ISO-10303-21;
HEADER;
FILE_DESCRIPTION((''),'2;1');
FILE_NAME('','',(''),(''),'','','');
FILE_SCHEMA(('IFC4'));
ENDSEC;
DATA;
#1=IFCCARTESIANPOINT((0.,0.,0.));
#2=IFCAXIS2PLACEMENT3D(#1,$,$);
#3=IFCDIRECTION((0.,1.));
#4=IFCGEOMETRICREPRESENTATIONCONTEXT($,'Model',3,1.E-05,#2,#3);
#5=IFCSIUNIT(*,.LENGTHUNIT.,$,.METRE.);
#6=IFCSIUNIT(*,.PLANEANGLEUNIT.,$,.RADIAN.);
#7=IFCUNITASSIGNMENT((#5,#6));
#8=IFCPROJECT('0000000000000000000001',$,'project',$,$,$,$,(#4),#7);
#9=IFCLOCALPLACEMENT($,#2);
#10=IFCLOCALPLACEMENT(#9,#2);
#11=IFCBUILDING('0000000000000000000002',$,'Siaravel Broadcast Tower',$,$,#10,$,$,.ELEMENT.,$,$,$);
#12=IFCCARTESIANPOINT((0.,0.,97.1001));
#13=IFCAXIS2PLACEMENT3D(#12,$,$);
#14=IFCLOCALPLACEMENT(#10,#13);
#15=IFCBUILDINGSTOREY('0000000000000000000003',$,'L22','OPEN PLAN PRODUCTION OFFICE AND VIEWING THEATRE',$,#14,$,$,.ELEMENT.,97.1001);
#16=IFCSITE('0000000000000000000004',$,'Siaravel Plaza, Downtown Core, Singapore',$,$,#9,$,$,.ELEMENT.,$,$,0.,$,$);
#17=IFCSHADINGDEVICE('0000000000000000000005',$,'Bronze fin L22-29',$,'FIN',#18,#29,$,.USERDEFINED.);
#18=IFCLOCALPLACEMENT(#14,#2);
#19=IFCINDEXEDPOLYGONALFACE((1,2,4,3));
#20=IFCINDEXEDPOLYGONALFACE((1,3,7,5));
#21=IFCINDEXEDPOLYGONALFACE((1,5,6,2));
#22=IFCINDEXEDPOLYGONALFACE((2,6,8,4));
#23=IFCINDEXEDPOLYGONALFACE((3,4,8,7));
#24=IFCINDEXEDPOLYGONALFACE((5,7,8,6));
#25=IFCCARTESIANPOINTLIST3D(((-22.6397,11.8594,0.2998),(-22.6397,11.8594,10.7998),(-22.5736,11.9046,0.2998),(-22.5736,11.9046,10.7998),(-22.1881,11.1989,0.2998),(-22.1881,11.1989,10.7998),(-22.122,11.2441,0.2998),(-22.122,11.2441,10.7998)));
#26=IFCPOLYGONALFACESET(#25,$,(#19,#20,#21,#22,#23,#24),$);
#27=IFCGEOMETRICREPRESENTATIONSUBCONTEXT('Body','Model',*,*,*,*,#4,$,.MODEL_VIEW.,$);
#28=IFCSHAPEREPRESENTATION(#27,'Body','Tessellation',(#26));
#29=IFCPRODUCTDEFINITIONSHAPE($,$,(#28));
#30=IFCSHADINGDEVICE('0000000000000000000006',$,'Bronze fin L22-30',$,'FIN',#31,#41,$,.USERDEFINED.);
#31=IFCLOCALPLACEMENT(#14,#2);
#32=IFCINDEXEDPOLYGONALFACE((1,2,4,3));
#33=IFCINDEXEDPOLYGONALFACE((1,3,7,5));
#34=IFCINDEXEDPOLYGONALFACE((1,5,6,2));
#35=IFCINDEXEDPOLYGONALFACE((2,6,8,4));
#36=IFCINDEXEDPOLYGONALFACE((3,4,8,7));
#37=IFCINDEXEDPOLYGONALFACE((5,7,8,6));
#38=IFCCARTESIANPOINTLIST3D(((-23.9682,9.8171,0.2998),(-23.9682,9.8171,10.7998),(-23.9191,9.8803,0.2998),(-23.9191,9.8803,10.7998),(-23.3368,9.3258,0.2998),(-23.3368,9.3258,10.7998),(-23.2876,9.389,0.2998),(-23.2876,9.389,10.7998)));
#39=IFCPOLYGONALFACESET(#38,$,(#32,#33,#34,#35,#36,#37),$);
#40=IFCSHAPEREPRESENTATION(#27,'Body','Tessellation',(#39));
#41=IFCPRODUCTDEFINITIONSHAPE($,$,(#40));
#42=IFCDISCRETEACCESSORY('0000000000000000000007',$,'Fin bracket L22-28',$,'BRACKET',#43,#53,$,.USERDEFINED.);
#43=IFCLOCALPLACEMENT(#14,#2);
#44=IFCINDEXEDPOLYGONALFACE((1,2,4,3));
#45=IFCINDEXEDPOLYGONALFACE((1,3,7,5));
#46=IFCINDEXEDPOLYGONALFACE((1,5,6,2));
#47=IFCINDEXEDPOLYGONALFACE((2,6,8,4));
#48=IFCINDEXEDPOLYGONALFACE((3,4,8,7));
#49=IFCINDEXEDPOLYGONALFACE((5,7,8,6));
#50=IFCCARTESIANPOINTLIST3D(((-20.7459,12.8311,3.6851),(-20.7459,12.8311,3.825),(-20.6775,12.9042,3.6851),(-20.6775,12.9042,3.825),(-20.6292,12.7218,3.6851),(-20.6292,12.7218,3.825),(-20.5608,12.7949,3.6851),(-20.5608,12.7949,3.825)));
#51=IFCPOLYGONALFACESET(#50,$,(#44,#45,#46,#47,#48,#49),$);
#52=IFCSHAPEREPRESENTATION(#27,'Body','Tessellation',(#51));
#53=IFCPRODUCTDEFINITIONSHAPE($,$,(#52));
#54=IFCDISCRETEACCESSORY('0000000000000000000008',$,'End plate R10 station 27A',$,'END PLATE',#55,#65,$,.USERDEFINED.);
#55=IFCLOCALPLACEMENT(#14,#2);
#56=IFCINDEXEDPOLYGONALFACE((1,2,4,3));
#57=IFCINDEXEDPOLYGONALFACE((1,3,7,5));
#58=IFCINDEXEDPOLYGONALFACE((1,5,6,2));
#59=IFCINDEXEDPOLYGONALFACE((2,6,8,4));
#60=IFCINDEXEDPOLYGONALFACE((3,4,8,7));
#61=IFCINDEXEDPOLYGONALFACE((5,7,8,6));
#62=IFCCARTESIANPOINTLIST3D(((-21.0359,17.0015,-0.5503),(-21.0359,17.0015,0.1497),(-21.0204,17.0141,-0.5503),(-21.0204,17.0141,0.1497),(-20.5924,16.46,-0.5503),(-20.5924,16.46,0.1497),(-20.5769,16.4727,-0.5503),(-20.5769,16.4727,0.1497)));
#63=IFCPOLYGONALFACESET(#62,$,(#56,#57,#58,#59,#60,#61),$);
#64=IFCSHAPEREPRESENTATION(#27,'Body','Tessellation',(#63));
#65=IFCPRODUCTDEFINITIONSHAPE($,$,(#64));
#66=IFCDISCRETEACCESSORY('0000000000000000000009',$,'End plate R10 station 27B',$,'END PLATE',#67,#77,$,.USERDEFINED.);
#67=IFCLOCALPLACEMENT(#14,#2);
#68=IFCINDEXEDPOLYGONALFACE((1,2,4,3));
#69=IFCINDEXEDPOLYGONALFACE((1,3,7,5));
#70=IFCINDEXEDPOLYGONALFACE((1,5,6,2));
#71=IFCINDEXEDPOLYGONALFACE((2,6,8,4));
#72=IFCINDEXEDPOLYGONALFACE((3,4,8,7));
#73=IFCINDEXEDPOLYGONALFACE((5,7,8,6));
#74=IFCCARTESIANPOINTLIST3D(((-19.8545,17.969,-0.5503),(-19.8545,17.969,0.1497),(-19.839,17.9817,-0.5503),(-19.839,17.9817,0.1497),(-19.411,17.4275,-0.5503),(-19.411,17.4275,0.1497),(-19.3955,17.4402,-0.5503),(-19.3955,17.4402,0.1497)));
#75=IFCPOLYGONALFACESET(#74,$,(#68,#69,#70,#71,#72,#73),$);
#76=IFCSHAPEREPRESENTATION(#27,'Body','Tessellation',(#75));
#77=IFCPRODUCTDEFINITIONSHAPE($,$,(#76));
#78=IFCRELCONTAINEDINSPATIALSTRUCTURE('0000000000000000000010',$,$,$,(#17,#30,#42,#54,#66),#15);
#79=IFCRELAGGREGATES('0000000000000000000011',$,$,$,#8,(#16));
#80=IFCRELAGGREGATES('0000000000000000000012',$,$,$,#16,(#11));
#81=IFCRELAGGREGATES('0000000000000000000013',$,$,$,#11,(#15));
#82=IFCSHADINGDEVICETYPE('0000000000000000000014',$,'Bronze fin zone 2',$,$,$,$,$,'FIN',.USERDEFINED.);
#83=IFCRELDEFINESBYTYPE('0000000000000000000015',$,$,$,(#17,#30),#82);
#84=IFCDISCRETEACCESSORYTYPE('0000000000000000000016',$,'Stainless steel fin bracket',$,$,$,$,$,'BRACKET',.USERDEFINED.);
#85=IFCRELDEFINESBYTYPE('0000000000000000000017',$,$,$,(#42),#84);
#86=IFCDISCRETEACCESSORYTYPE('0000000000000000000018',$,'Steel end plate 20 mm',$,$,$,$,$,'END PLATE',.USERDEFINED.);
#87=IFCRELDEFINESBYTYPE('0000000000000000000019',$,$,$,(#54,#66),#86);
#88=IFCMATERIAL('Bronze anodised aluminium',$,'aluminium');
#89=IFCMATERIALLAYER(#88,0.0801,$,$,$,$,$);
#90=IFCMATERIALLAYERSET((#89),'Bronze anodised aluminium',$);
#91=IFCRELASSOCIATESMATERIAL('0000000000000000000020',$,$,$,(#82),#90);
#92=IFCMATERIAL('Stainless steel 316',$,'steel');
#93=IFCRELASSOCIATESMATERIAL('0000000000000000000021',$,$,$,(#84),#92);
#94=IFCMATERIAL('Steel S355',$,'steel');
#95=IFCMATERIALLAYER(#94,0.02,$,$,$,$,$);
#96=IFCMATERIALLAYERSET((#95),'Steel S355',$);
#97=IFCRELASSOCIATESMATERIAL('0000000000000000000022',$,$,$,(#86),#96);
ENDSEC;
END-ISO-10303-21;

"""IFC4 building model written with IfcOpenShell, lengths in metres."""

from ifc_helpers import new_model, si_unit, direction, frame, origin, origin_2d, place, context, subcontext, project, spatial, rectangle, extrude, material, layer, layer_set, type_object, element, save


model = new_model("IFC4")

# Units and contexts
model_context = context("Model", 3, precision=1e-05, world=origin(), true_north=direction((0.0, 1.0)))
body_context = subcontext(model_context, "Body", "Model", "MODEL_VIEW")
ifc_project = project(units=[si_unit("LENGTHUNIT", "METRE"), si_unit("PLANEANGLEUNIT", "RADIAN")], contexts=[model_context])

# Site, building, storey
site_placement = place(None, origin())
site = spatial("IfcSite", under=ifc_project, at=site_placement, Name="Siaravel Plaza, Downtown Core, Singapore", CompositionType="ELEMENT", RefElevation=0.0)
building_placement = place(site_placement, origin())
building = spatial("IfcBuilding", under=site, at=building_placement, Name="Siaravel Broadcast Tower", CompositionType="ELEMENT")
storey_placement = place(building_placement, frame((0.0, 0.0, 97.1001)))
storey = spatial("IfcBuildingStorey", under=building, at=storey_placement, Name="L22", Description="OPEN PLAN PRODUCTION OFFICE AND VIEWING THEATRE", CompositionType="ELEMENT", Elevation=97.1001)

# Shared definitions
ifc_material_1 = material(Name="Steel S355", Category="steel")

# Shading devices
ifc_material_2 = material(Name="Bronze anodised aluminium", Category="aluminium")
ifc_layer_1 = layer(ifc_material_2, 0.0801)
ifc_layer_set_1 = layer_set([ifc_layer_1], Name="Bronze anodised aluminium")
shading_device_type = type_object("IfcShadingDeviceType", Name="Bronze fin zone 2", ElementType="FIN", PredefinedType="USERDEFINED", material=ifc_layer_set_1)
for number, where, z_axis, x_axis, name in (
    (1, (-22.3809, 11.5518, 0.2998), (0.0, 0.0, 1.0), (-0.564376, 0.825518, 0.0), "Bronze fin L22-29"),
    (2, (-23.6279, 9.603, 0.2998), (0.0, 0.0, 1.0), (-0.789268, 0.614048, 0.0), "Bronze fin L22-30"),
):
    element("IfcShadingDevice", number, at=place(storey_placement, frame(where, z_axis=z_axis, x_axis=x_axis)), inside=storey, type_object=shading_device_type, Name=name, ObjectType="FIN", PredefinedType="USERDEFINED", context=body_context, shape_type="SweptSolid", body=[
        extrude(rectangle(XDim=0.8, YDim=0.0801, at=origin_2d()), origin(), (0.0, 0.0, 1.0), 10.5),
    ])

# Discrete accessories
ifc_material_3 = material(Name="Stainless steel 316", Category="steel")
discrete_accessory_type_1 = type_object("IfcDiscreteAccessoryType", Name="Stainless steel fin bracket", ElementType="BRACKET", PredefinedType="USERDEFINED", material=ifc_material_3)
discrete_accessory_placement = place(storey_placement, frame((-20.6533, 12.813, 3.6851), z_axis=(0.0, 0.0, 1.0), x_axis=(-0.729804, 0.683656, 0.0)))
element("IfcDiscreteAccessory", 3, at=discrete_accessory_placement, inside=storey, type_object=discrete_accessory_type_1, Name="Fin bracket L22-28", ObjectType="BRACKET", PredefinedType="USERDEFINED", context=body_context, shape_type="SweptSolid", body=[
    extrude(rectangle(XDim=0.1599, YDim=0.1001, at=origin_2d()), origin(), (0.0, 0.0, 1.0), 0.1399),
])
ifc_layer_2 = layer(ifc_material_1, 0.02)
ifc_layer_set_2 = layer_set([ifc_layer_2], Name="Steel S355")
discrete_accessory_type_2 = type_object("IfcDiscreteAccessoryType", Name="Steel end plate 20 mm", ElementType="END PLATE", PredefinedType="USERDEFINED", material=ifc_layer_set_2)
for number, where, z_axis, x_axis, name in (
    (4, (-20.8064, 16.7371, -0.5503), (0.0, 0.0, 1.0), (-0.773605, -0.633669, 0.0), "End plate R10 station 27A"),
    (5, (-19.625, 17.7046, -0.5503), (0.0, 0.0, 1.0), (-0.773605, -0.633669, 0.0), "End plate R10 station 27B"),
):
    element("IfcDiscreteAccessory", number, at=place(storey_placement, frame(where, z_axis=z_axis, x_axis=x_axis)), inside=storey, type_object=discrete_accessory_type_2, Name=name, ObjectType="END PLATE", PredefinedType="USERDEFINED", context=body_context, shape_type="SweptSolid", body=[
        extrude(rectangle(XDim=0.02, YDim=0.7, at=origin_2d()), origin(), (0.0, 0.0, 1.0), 0.7),
    ])

save(model, "model.ifc")
